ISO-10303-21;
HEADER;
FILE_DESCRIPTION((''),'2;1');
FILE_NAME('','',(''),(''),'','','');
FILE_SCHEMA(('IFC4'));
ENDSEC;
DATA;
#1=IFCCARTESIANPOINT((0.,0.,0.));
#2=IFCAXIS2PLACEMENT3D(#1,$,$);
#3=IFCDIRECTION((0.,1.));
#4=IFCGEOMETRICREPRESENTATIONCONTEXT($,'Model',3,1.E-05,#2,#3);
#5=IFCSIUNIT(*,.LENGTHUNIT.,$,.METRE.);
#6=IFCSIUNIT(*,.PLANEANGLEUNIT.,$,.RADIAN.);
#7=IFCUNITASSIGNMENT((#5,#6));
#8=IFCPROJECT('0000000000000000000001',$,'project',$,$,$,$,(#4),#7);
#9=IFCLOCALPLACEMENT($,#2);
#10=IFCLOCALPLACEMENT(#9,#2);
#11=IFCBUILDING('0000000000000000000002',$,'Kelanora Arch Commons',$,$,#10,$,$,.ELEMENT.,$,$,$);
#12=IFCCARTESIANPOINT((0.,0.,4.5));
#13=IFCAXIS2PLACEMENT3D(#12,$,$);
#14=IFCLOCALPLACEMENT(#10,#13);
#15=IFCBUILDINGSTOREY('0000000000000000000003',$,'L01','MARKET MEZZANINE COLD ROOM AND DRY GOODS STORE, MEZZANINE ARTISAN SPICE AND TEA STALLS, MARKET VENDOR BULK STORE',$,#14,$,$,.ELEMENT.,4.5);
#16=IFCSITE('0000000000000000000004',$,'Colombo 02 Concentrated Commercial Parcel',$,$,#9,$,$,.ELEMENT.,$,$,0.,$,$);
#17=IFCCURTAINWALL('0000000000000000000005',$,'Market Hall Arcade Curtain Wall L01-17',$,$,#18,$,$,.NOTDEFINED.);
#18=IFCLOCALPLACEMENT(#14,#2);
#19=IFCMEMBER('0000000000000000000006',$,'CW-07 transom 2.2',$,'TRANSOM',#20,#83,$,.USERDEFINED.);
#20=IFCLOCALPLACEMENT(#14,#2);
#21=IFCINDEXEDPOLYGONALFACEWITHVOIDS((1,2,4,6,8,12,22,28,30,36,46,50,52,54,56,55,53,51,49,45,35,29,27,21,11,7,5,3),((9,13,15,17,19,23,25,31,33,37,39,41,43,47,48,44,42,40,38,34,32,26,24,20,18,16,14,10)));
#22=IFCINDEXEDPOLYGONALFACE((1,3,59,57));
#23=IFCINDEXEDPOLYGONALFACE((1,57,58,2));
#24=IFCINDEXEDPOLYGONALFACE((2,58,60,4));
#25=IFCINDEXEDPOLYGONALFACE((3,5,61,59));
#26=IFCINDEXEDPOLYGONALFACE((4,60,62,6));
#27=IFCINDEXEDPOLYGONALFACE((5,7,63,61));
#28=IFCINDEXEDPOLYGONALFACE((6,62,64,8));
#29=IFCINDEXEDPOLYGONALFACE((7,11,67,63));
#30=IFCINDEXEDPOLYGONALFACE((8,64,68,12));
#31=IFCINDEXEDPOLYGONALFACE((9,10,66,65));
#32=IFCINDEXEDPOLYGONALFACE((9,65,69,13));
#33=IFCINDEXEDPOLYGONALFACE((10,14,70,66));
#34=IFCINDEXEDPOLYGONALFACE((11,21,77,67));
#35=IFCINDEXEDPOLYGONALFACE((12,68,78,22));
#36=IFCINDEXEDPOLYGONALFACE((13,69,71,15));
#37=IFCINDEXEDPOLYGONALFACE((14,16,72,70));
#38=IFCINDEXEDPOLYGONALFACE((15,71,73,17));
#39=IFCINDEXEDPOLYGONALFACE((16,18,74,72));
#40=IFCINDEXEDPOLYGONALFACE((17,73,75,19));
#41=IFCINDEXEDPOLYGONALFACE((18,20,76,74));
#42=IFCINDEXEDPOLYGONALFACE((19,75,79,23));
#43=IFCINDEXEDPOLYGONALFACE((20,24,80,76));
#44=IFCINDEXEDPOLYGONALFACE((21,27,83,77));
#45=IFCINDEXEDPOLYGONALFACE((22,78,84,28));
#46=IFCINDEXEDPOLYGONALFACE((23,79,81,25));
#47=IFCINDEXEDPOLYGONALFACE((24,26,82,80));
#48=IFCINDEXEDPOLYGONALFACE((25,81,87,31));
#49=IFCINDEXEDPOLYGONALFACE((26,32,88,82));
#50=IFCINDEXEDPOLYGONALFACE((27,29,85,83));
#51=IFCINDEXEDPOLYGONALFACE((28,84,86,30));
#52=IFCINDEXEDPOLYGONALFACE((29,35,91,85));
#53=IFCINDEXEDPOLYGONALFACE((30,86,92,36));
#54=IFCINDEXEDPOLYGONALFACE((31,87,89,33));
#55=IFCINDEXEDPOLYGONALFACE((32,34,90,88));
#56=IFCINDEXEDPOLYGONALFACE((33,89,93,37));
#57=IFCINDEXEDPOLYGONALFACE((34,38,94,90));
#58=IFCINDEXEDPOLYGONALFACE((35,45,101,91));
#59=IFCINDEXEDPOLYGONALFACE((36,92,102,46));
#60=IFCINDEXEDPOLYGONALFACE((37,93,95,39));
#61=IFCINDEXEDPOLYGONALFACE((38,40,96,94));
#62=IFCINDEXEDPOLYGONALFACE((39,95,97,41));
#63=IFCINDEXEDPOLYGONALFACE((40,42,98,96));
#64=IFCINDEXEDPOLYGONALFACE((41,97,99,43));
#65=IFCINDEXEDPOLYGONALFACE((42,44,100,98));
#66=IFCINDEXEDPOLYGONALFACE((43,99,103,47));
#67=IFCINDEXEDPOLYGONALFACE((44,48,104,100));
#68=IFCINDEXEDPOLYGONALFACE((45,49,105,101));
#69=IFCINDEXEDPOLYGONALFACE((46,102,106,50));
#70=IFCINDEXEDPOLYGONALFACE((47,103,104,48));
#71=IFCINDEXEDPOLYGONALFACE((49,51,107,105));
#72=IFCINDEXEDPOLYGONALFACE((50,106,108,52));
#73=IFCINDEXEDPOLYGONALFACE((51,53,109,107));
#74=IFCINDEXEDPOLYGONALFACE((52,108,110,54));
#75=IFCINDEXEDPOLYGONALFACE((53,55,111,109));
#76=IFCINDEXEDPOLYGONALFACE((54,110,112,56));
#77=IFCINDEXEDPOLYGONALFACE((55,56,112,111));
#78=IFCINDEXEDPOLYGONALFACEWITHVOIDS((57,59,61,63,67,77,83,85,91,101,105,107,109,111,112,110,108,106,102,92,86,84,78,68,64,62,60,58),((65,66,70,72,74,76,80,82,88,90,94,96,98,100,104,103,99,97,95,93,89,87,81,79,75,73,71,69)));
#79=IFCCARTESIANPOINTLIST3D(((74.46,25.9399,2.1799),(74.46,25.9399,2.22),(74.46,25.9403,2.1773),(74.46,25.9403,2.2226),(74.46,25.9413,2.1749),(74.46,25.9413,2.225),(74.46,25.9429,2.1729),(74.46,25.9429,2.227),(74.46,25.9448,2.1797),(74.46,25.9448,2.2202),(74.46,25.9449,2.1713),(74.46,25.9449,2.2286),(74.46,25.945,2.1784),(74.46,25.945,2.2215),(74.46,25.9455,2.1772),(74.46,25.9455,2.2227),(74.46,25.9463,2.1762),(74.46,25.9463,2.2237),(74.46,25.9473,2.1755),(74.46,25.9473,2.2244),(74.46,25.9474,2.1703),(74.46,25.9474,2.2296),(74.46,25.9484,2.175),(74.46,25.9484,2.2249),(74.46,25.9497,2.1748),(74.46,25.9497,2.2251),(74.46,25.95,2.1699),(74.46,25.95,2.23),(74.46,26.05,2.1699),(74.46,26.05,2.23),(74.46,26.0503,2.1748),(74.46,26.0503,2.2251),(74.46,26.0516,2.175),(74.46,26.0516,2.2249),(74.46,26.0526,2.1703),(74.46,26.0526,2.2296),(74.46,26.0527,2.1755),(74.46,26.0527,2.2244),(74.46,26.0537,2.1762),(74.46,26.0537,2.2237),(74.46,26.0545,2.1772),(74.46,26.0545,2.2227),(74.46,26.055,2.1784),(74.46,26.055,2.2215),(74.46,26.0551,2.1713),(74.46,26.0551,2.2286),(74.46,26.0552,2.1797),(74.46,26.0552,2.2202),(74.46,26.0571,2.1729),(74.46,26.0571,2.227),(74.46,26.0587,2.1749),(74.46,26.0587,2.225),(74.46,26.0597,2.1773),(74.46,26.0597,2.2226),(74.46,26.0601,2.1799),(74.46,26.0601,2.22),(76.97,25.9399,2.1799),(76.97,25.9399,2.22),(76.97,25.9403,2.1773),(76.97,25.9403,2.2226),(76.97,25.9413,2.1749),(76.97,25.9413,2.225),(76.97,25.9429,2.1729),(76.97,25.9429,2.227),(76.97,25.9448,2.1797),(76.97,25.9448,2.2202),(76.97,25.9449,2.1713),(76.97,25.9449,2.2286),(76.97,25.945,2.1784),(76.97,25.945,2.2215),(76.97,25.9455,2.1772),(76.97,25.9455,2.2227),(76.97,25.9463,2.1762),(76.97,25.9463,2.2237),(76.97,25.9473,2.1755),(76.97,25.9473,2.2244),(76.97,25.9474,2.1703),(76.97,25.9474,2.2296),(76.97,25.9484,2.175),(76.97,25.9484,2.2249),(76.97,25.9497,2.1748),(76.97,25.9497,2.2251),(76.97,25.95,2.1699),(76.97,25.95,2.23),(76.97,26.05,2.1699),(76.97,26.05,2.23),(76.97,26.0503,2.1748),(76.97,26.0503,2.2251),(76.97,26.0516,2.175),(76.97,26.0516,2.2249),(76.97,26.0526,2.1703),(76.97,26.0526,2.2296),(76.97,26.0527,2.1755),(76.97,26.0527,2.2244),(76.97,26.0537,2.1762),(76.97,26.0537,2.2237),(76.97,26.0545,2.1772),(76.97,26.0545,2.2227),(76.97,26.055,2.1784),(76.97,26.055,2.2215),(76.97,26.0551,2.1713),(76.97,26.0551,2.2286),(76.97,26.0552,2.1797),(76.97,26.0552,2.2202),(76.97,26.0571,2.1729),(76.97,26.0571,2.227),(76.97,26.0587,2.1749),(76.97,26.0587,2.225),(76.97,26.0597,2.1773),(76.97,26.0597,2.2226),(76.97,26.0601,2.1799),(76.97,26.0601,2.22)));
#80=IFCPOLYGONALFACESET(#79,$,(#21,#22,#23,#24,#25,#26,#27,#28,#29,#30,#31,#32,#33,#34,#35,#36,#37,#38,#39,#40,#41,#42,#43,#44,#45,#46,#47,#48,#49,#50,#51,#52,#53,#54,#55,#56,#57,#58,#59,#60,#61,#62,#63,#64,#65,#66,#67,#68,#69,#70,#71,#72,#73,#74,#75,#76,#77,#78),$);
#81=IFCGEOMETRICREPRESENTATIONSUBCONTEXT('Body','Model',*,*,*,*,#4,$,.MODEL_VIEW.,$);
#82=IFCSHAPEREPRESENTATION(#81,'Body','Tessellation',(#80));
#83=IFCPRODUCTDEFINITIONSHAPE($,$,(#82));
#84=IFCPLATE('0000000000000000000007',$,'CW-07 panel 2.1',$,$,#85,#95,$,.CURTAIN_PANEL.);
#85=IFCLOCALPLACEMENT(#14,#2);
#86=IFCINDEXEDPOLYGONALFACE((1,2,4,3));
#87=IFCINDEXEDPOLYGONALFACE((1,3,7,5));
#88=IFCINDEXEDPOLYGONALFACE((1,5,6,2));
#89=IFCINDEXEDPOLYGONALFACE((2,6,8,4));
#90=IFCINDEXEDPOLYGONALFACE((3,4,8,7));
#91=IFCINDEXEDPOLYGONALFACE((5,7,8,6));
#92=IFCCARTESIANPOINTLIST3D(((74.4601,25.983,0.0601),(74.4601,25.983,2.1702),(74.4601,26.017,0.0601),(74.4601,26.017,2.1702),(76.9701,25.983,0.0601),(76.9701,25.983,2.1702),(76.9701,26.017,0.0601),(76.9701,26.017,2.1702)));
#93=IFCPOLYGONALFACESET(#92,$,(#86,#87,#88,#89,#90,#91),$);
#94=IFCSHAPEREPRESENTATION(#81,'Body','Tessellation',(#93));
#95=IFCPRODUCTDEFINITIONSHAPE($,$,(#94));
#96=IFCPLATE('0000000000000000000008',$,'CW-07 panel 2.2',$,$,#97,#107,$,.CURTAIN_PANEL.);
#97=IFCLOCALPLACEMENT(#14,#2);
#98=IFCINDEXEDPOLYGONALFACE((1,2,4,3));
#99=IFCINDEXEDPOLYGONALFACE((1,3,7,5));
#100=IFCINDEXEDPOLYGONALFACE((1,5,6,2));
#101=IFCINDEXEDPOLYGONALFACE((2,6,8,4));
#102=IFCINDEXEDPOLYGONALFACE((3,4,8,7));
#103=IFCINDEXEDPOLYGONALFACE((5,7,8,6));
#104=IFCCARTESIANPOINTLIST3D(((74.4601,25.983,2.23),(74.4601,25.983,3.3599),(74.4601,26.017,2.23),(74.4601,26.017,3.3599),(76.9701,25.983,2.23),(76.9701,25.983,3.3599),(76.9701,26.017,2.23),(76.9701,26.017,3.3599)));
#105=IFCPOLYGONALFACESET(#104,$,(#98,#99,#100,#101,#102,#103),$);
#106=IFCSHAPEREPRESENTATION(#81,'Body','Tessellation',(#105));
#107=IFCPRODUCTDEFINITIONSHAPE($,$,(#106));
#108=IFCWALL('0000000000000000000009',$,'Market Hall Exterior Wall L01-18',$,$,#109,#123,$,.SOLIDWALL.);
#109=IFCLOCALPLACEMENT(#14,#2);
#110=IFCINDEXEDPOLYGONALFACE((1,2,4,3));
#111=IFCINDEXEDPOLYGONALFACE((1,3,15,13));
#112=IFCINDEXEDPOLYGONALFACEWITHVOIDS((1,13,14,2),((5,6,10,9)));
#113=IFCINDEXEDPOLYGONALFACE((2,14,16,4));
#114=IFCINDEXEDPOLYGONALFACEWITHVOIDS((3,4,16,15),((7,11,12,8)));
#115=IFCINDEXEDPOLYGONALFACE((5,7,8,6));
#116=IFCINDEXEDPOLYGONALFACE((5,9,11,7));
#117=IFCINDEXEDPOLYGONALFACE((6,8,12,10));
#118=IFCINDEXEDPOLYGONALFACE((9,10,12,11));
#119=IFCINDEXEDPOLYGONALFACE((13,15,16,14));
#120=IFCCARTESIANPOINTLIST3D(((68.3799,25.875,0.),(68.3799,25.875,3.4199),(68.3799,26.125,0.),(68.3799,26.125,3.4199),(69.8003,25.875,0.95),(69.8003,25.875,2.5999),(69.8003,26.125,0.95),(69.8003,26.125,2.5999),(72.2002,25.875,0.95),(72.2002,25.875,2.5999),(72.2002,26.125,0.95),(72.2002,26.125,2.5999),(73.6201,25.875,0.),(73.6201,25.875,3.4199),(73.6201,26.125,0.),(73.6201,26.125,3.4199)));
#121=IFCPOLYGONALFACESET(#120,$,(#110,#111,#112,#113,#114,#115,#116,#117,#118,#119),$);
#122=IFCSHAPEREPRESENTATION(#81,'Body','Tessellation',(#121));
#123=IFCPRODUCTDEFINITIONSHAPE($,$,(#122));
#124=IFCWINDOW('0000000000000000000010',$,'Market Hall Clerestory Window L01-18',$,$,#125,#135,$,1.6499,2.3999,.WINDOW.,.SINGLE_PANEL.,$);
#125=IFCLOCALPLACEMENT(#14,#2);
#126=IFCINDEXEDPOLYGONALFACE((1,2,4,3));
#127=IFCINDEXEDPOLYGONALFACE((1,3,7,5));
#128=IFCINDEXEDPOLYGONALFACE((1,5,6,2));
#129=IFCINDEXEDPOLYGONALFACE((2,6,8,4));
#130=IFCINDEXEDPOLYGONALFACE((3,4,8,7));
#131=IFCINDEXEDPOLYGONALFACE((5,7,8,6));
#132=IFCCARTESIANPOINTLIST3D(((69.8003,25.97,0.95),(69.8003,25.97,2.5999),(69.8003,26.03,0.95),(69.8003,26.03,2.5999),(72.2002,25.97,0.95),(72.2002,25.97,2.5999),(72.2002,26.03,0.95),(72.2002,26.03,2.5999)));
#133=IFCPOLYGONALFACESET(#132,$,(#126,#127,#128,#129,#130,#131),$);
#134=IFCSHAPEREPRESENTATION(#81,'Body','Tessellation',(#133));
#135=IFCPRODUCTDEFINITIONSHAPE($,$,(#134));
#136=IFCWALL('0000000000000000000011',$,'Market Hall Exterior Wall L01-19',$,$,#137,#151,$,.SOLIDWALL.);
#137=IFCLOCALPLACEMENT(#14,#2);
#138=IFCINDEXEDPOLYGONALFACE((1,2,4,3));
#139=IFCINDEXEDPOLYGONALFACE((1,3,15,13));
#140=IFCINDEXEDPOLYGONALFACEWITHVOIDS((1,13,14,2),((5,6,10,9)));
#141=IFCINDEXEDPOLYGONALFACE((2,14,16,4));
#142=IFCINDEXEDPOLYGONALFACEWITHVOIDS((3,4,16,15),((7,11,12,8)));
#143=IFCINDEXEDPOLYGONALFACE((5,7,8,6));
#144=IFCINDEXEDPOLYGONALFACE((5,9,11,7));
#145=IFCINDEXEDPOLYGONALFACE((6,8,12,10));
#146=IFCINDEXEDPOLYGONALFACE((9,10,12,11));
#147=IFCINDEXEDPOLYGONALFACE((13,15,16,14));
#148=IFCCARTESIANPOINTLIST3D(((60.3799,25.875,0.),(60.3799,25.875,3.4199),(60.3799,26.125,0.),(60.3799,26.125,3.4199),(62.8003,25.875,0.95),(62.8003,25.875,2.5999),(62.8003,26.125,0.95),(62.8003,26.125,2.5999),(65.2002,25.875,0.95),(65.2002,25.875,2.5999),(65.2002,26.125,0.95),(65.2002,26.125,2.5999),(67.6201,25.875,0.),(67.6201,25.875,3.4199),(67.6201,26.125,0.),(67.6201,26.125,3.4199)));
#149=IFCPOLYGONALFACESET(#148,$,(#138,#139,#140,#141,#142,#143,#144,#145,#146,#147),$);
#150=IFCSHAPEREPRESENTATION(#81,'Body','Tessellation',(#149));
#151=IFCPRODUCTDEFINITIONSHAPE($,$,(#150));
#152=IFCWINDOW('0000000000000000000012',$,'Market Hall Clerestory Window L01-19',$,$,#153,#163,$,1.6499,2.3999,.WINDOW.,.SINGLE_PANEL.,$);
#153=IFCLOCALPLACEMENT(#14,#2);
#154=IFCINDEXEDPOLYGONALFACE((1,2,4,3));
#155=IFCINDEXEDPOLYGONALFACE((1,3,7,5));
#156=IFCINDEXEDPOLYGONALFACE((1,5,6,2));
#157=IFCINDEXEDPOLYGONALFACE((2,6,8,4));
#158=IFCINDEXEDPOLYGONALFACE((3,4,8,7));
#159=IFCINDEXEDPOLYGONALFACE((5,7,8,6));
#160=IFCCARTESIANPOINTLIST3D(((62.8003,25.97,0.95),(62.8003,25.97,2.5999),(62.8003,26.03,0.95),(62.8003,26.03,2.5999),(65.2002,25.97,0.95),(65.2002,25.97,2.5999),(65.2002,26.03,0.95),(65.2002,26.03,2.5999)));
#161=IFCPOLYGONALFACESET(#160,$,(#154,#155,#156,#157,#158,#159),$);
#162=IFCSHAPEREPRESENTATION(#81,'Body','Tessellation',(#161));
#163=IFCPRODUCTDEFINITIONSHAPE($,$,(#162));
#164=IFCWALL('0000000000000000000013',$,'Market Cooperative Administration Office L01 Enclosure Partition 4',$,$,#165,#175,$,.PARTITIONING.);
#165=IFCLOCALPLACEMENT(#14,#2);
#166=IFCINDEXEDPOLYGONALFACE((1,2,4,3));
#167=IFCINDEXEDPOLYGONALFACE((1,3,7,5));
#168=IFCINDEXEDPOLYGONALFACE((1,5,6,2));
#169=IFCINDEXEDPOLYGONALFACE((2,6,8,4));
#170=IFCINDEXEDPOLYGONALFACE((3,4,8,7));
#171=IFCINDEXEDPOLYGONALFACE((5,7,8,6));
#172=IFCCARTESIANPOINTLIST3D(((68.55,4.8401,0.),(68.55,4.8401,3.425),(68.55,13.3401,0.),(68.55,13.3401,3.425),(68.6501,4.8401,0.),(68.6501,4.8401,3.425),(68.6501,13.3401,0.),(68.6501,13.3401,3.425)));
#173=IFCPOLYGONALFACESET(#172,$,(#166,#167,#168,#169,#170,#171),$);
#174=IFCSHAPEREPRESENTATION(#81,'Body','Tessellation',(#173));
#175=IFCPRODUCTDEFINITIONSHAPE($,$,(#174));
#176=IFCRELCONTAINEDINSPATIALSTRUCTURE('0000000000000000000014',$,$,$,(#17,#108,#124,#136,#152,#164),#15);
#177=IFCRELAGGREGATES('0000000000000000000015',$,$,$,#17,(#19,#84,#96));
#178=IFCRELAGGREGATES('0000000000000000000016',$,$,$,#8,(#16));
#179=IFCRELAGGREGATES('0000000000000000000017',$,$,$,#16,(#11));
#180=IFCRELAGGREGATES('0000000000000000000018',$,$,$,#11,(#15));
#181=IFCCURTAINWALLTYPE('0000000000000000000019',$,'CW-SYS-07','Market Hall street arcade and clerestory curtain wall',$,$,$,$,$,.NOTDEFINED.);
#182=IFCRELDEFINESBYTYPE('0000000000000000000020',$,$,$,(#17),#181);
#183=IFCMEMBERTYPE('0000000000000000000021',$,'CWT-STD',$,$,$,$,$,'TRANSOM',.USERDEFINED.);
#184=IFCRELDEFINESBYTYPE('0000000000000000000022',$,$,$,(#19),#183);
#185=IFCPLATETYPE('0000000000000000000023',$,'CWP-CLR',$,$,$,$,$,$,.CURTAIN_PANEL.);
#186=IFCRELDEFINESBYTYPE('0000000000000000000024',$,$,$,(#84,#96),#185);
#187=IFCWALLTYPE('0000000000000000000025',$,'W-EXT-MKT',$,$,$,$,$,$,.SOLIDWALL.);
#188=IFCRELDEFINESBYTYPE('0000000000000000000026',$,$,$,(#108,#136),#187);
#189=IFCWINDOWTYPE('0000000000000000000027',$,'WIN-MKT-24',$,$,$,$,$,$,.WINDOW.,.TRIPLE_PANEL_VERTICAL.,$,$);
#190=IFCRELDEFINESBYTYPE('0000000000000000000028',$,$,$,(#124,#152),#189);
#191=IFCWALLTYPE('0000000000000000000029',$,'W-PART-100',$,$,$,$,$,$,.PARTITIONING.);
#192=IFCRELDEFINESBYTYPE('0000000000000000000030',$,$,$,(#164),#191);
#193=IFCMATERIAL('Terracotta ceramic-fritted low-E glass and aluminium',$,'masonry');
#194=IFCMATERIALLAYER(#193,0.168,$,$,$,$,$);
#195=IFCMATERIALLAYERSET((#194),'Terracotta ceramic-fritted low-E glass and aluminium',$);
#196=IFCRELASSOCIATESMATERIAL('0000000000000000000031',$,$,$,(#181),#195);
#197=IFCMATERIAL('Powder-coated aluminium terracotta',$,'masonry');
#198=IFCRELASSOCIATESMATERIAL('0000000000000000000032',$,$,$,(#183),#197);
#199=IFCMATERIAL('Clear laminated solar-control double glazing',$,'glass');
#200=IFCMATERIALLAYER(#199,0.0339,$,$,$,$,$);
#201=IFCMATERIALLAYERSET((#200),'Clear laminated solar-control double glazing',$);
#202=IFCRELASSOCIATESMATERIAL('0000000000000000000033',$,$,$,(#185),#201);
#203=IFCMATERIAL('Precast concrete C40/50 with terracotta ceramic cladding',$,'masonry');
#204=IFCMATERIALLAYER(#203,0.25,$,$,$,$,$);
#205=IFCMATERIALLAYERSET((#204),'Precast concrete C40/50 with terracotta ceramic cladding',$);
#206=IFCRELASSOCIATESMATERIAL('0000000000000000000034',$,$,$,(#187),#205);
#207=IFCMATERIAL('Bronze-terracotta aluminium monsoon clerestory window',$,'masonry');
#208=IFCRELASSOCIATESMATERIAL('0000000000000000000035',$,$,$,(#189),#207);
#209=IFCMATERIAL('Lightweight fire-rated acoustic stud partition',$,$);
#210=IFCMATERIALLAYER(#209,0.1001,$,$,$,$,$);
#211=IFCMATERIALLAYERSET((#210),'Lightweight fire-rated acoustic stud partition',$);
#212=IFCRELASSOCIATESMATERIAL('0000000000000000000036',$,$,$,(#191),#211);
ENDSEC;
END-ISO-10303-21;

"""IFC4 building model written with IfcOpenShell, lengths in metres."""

from ifc_helpers import new_model, si_unit, direction, frame, frame_2d, origin, origin_2d, place, context, subcontext, project, spatial, rectangle, hollow_rectangle, extrude, source, transform, mapped, material, layer, layer_set, material_profile, profile_set, type_object, element, fill, aggregate, save


model = new_model("IFC4")

# Units and contexts
model_context = context("Model", 3, precision=1e-05, world=origin(), true_north=direction((0.0, 1.0)))
body_context = subcontext(model_context, "Body", "Model", "MODEL_VIEW")
ifc_project = project(units=[si_unit("LENGTHUNIT", "METRE"), si_unit("PLANEANGLEUNIT", "RADIAN")], contexts=[model_context])

# Site, building, storey
site_placement = place(None, origin())
site = spatial("IfcSite", under=ifc_project, at=site_placement, Name="Colombo 02 Concentrated Commercial Parcel", CompositionType="ELEMENT", RefElevation=0.0)
building_placement = place(site_placement, origin())
building = spatial("IfcBuilding", under=site, at=building_placement, Name="Kelanora Arch Commons", CompositionType="ELEMENT")
storey_placement = place(building_placement, frame((0.0, 0.0, 4.5)))
storey = spatial("IfcBuildingStorey", under=building, at=storey_placement, Name="L01", Description="MARKET MEZZANINE COLD ROOM AND DRY GOODS STORE, MEZZANINE ARTISAN SPICE AND TEA STALLS, MARKET VENDOR BULK STORE", CompositionType="ELEMENT", Elevation=4.5)

# Curtain wall, member, plates
ifc_material_1 = material(Name="Terracotta ceramic-fritted low-E glass and aluminium", Category="masonry")
ifc_layer_1 = layer(ifc_material_1, 0.168)
ifc_layer_set_1 = layer_set([ifc_layer_1], Name="Terracotta ceramic-fritted low-E glass and aluminium")
curtain_wall_type = type_object("IfcCurtainWallType", Name="CW-SYS-07", Description="Market Hall street arcade and clerestory curtain wall", PredefinedType="NOTDEFINED", material=ifc_layer_set_1)
curtain_wall_placement = place(storey_placement, origin())
curtain_wall = element("IfcCurtainWall", 1, at=curtain_wall_placement, inside=storey, type_object=curtain_wall_type, Name="Market Hall Arcade Curtain Wall L01-17", PredefinedType="NOTDEFINED")
ifc_material_2 = material(Name="Powder-coated aluminium terracotta", Category="masonry")
ifc_material_profile_1 = material_profile(ifc_material_2, hollow_rectangle(XDim=0.1201, YDim=0.0601, WallThickness=0.0049, InnerFilletRadius=0.0049, OuterFilletRadius=0.01, at=origin_2d()), Name="CWT120x60")
ifc_profile_set_1 = profile_set([ifc_material_profile_1], Name="Powder-coated aluminium terracotta")
member_type_1 = type_object("IfcMemberType", Name="CWT-STD", ElementType="TRANSOM", PredefinedType="USERDEFINED", material=ifc_profile_set_1)
member_1_placement = place(storey_placement, frame((76.97, 26.0, 2.2), z_axis=(-1.0, 0.0, 0.0), x_axis=(0.0, -1.0, 0.0)))
member_1 = element("IfcMember", 2, at=member_1_placement, type_object=member_type_1, Name="CW-07 transom 2.2", ObjectType="TRANSOM", PredefinedType="USERDEFINED", context=body_context, shape_type="SweptSolid", body=[
    extrude(hollow_rectangle(XDim=0.1201, YDim=0.0601, WallThickness=0.0049, InnerFilletRadius=0.0049, OuterFilletRadius=0.01, at=origin_2d()), origin(), (0.0, 0.0, 1.0), 2.51),
])
ifc_material_3 = material(Name="Clear laminated solar-control double glazing", Category="glass")
ifc_layer_2 = layer(ifc_material_3, 0.0339)
ifc_layer_set_2 = layer_set([ifc_layer_2], Name="Clear laminated solar-control double glazing")
plate_type = type_object("IfcPlateType", Name="CWP-CLR", PredefinedType="CURTAIN_PANEL", material=ifc_layer_set_2)
shared_shape_1 = source(origin(), body_context, "Body", "SweptSolid", [
    extrude(rectangle(XDim=2.51, YDim=0.0339, at=origin_2d()), origin(), (0.0, 0.0, 1.0), 2.1101),
])
plate_1_placement = place(storey_placement, frame((75.7151, 26.0, 0.0601), z_axis=(0.0, 0.0, 1.0), x_axis=(-1.0, 0.0, 0.0)))
plate_1 = element("IfcPlate", 3, at=plate_1_placement, type_object=plate_type, Name="CW-07 panel 2.1", PredefinedType="CURTAIN_PANEL", context=body_context, shape_type="MappedRepresentation", body=[
    mapped(shared_shape_1, transform((0.0, 0.0, 0.0), scale=1.0)),
])
shared_shape_2 = source(origin(), body_context, "Body", "SweptSolid", [
    extrude(rectangle(XDim=2.51, YDim=0.0339, at=origin_2d()), origin(), (0.0, 0.0, 1.0), 1.1299),
])
plate_2_placement = place(storey_placement, frame((75.7151, 26.0, 2.23), z_axis=(0.0, 0.0, 1.0), x_axis=(-1.0, 0.0, 0.0)))
plate_2 = element("IfcPlate", 4, at=plate_2_placement, type_object=plate_type, Name="CW-07 panel 2.2", PredefinedType="CURTAIN_PANEL", context=body_context, shape_type="MappedRepresentation", body=[
    mapped(shared_shape_2, transform((0.0, 0.0, 0.0), scale=1.0)),
])
aggregate(curtain_wall, [member_1, plate_1, plate_2])

# Walls, openings, windows
ifc_material_4 = material(Name="Precast concrete C40/50 with terracotta ceramic cladding", Category="masonry")
ifc_layer_3 = layer(ifc_material_4, 0.25)
ifc_layer_set_3 = layer_set([ifc_layer_3], Name="Precast concrete C40/50 with terracotta ceramic cladding")
wall_type_1 = type_object("IfcWallType", Name="W-EXT-MKT", PredefinedType="SOLIDWALL", material=ifc_layer_set_3)
wall_1_placement = place(storey_placement, frame((73.6201, 26.0, 0.0), z_axis=(0.0, 0.0, 1.0), x_axis=(-1.0, 0.0, 0.0)))
wall_1 = element("IfcWall", 5, at=wall_1_placement, inside=storey, type_object=wall_type_1, Name="Market Hall Exterior Wall L01-18", PredefinedType="SOLIDWALL", context=body_context, shape_type="SweptSolid", body=[
    extrude(rectangle(XDim=5.2402, YDim=0.25, at=frame_2d((2.6201, 0.0))), origin(), (0.0, 0.0, 1.0), 3.4199),
])
opening_1_placement = place(wall_1_placement, frame((1.4199, 0.0, 0.95)))
opening_1 = element("IfcOpeningElement", 6, at=opening_1_placement, cuts=wall_1, PredefinedType="OPENING", context=body_context, shape_type="SweptSolid", body=[
    extrude(rectangle(XDim=2.3999, YDim=1.6499, at=frame_2d((1.2, 0.825))), frame((0.0, 0.135, 0.0), z_axis=(0.0, -1.0, 0.0), x_axis=(1.0, 0.0, 0.0)), (0.0, 0.0, 1.0), 0.27),
])
ifc_material_5 = material(Name="Bronze-terracotta aluminium monsoon clerestory window", Category="masonry")
window_type = type_object("IfcWindowType", Name="WIN-MKT-24", PartitioningType="TRIPLE_PANEL_VERTICAL", PredefinedType="WINDOW", material=ifc_material_5)
window_1_placement = place(opening_1_placement, origin())
window_1 = element("IfcWindow", 7, at=window_1_placement, inside=storey, type_object=window_type, Name="Market Hall Clerestory Window L01-18", OverallHeight=1.6499, OverallWidth=2.3999, PartitioningType="SINGLE_PANEL", PredefinedType="WINDOW", context=body_context, shape_type="SweptSolid", body=[
    extrude(rectangle(XDim=2.3999, YDim=1.6499, at=frame_2d((1.2, 0.825))), frame((0.0, 0.03, 0.0), z_axis=(0.0, -1.0, 0.0), x_axis=(1.0, 0.0, 0.0)), (0.0, 0.0, 1.0), 0.0601),
])
fill(opening_1, window_1)
wall_2_placement = place(storey_placement, frame((67.6201, 26.0, 0.0), z_axis=(0.0, 0.0, 1.0), x_axis=(-1.0, 0.0, 0.0)))
wall_2 = element("IfcWall", 8, at=wall_2_placement, inside=storey, type_object=wall_type_1, Name="Market Hall Exterior Wall L01-19", PredefinedType="SOLIDWALL", context=body_context, shape_type="SweptSolid", body=[
    extrude(rectangle(XDim=7.2402, YDim=0.25, at=frame_2d((3.6201, 0.0))), origin(), (0.0, 0.0, 1.0), 3.4199),
])
opening_2_placement = place(wall_2_placement, frame((2.4199, 0.0, 0.95)))
opening_2 = element("IfcOpeningElement", 9, at=opening_2_placement, cuts=wall_2, PredefinedType="OPENING", context=body_context, shape_type="SweptSolid", body=[
    extrude(rectangle(XDim=2.3999, YDim=1.6499, at=frame_2d((1.2, 0.825))), frame((0.0, 0.135, 0.0), z_axis=(0.0, -1.0, 0.0), x_axis=(1.0, 0.0, 0.0)), (0.0, 0.0, 1.0), 0.27),
])
window_2_placement = place(opening_2_placement, origin())
window_2 = element("IfcWindow", 10, at=window_2_placement, inside=storey, type_object=window_type, Name="Market Hall Clerestory Window L01-19", OverallHeight=1.6499, OverallWidth=2.3999, PartitioningType="SINGLE_PANEL", PredefinedType="WINDOW", context=body_context, shape_type="SweptSolid", body=[
    extrude(rectangle(XDim=2.3999, YDim=1.6499, at=frame_2d((1.2, 0.825))), frame((0.0, 0.03, 0.0), z_axis=(0.0, -1.0, 0.0), x_axis=(1.0, 0.0, 0.0)), (0.0, 0.0, 1.0), 0.0601),
])
fill(opening_2, window_2)

# Wall
ifc_material_6 = material(Name="Lightweight fire-rated acoustic stud partition")
ifc_layer_4 = layer(ifc_material_6, 0.1001)
ifc_layer_set_4 = layer_set([ifc_layer_4], Name="Lightweight fire-rated acoustic stud partition")
wall_type_2 = type_object("IfcWallType", Name="W-PART-100", PredefinedType="PARTITIONING", material=ifc_layer_set_4)
wall_3_placement = place(storey_placement, frame((68.6001, 13.3401, 0.0), z_axis=(0.0, 0.0, 1.0), x_axis=(0.0, -1.0, 0.0)))
element("IfcWall", 11, at=wall_3_placement, inside=storey, type_object=wall_type_2, Name="Market Cooperative Administration Office L01 Enclosure Partition 4", PredefinedType="PARTITIONING", context=body_context, shape_type="SweptSolid", body=[
    extrude(rectangle(XDim=8.5, YDim=0.1001, at=frame_2d((4.25, 0.0))), origin(), (0.0, 0.0, 1.0), 3.425),
])

save(model, "model.ifc")
